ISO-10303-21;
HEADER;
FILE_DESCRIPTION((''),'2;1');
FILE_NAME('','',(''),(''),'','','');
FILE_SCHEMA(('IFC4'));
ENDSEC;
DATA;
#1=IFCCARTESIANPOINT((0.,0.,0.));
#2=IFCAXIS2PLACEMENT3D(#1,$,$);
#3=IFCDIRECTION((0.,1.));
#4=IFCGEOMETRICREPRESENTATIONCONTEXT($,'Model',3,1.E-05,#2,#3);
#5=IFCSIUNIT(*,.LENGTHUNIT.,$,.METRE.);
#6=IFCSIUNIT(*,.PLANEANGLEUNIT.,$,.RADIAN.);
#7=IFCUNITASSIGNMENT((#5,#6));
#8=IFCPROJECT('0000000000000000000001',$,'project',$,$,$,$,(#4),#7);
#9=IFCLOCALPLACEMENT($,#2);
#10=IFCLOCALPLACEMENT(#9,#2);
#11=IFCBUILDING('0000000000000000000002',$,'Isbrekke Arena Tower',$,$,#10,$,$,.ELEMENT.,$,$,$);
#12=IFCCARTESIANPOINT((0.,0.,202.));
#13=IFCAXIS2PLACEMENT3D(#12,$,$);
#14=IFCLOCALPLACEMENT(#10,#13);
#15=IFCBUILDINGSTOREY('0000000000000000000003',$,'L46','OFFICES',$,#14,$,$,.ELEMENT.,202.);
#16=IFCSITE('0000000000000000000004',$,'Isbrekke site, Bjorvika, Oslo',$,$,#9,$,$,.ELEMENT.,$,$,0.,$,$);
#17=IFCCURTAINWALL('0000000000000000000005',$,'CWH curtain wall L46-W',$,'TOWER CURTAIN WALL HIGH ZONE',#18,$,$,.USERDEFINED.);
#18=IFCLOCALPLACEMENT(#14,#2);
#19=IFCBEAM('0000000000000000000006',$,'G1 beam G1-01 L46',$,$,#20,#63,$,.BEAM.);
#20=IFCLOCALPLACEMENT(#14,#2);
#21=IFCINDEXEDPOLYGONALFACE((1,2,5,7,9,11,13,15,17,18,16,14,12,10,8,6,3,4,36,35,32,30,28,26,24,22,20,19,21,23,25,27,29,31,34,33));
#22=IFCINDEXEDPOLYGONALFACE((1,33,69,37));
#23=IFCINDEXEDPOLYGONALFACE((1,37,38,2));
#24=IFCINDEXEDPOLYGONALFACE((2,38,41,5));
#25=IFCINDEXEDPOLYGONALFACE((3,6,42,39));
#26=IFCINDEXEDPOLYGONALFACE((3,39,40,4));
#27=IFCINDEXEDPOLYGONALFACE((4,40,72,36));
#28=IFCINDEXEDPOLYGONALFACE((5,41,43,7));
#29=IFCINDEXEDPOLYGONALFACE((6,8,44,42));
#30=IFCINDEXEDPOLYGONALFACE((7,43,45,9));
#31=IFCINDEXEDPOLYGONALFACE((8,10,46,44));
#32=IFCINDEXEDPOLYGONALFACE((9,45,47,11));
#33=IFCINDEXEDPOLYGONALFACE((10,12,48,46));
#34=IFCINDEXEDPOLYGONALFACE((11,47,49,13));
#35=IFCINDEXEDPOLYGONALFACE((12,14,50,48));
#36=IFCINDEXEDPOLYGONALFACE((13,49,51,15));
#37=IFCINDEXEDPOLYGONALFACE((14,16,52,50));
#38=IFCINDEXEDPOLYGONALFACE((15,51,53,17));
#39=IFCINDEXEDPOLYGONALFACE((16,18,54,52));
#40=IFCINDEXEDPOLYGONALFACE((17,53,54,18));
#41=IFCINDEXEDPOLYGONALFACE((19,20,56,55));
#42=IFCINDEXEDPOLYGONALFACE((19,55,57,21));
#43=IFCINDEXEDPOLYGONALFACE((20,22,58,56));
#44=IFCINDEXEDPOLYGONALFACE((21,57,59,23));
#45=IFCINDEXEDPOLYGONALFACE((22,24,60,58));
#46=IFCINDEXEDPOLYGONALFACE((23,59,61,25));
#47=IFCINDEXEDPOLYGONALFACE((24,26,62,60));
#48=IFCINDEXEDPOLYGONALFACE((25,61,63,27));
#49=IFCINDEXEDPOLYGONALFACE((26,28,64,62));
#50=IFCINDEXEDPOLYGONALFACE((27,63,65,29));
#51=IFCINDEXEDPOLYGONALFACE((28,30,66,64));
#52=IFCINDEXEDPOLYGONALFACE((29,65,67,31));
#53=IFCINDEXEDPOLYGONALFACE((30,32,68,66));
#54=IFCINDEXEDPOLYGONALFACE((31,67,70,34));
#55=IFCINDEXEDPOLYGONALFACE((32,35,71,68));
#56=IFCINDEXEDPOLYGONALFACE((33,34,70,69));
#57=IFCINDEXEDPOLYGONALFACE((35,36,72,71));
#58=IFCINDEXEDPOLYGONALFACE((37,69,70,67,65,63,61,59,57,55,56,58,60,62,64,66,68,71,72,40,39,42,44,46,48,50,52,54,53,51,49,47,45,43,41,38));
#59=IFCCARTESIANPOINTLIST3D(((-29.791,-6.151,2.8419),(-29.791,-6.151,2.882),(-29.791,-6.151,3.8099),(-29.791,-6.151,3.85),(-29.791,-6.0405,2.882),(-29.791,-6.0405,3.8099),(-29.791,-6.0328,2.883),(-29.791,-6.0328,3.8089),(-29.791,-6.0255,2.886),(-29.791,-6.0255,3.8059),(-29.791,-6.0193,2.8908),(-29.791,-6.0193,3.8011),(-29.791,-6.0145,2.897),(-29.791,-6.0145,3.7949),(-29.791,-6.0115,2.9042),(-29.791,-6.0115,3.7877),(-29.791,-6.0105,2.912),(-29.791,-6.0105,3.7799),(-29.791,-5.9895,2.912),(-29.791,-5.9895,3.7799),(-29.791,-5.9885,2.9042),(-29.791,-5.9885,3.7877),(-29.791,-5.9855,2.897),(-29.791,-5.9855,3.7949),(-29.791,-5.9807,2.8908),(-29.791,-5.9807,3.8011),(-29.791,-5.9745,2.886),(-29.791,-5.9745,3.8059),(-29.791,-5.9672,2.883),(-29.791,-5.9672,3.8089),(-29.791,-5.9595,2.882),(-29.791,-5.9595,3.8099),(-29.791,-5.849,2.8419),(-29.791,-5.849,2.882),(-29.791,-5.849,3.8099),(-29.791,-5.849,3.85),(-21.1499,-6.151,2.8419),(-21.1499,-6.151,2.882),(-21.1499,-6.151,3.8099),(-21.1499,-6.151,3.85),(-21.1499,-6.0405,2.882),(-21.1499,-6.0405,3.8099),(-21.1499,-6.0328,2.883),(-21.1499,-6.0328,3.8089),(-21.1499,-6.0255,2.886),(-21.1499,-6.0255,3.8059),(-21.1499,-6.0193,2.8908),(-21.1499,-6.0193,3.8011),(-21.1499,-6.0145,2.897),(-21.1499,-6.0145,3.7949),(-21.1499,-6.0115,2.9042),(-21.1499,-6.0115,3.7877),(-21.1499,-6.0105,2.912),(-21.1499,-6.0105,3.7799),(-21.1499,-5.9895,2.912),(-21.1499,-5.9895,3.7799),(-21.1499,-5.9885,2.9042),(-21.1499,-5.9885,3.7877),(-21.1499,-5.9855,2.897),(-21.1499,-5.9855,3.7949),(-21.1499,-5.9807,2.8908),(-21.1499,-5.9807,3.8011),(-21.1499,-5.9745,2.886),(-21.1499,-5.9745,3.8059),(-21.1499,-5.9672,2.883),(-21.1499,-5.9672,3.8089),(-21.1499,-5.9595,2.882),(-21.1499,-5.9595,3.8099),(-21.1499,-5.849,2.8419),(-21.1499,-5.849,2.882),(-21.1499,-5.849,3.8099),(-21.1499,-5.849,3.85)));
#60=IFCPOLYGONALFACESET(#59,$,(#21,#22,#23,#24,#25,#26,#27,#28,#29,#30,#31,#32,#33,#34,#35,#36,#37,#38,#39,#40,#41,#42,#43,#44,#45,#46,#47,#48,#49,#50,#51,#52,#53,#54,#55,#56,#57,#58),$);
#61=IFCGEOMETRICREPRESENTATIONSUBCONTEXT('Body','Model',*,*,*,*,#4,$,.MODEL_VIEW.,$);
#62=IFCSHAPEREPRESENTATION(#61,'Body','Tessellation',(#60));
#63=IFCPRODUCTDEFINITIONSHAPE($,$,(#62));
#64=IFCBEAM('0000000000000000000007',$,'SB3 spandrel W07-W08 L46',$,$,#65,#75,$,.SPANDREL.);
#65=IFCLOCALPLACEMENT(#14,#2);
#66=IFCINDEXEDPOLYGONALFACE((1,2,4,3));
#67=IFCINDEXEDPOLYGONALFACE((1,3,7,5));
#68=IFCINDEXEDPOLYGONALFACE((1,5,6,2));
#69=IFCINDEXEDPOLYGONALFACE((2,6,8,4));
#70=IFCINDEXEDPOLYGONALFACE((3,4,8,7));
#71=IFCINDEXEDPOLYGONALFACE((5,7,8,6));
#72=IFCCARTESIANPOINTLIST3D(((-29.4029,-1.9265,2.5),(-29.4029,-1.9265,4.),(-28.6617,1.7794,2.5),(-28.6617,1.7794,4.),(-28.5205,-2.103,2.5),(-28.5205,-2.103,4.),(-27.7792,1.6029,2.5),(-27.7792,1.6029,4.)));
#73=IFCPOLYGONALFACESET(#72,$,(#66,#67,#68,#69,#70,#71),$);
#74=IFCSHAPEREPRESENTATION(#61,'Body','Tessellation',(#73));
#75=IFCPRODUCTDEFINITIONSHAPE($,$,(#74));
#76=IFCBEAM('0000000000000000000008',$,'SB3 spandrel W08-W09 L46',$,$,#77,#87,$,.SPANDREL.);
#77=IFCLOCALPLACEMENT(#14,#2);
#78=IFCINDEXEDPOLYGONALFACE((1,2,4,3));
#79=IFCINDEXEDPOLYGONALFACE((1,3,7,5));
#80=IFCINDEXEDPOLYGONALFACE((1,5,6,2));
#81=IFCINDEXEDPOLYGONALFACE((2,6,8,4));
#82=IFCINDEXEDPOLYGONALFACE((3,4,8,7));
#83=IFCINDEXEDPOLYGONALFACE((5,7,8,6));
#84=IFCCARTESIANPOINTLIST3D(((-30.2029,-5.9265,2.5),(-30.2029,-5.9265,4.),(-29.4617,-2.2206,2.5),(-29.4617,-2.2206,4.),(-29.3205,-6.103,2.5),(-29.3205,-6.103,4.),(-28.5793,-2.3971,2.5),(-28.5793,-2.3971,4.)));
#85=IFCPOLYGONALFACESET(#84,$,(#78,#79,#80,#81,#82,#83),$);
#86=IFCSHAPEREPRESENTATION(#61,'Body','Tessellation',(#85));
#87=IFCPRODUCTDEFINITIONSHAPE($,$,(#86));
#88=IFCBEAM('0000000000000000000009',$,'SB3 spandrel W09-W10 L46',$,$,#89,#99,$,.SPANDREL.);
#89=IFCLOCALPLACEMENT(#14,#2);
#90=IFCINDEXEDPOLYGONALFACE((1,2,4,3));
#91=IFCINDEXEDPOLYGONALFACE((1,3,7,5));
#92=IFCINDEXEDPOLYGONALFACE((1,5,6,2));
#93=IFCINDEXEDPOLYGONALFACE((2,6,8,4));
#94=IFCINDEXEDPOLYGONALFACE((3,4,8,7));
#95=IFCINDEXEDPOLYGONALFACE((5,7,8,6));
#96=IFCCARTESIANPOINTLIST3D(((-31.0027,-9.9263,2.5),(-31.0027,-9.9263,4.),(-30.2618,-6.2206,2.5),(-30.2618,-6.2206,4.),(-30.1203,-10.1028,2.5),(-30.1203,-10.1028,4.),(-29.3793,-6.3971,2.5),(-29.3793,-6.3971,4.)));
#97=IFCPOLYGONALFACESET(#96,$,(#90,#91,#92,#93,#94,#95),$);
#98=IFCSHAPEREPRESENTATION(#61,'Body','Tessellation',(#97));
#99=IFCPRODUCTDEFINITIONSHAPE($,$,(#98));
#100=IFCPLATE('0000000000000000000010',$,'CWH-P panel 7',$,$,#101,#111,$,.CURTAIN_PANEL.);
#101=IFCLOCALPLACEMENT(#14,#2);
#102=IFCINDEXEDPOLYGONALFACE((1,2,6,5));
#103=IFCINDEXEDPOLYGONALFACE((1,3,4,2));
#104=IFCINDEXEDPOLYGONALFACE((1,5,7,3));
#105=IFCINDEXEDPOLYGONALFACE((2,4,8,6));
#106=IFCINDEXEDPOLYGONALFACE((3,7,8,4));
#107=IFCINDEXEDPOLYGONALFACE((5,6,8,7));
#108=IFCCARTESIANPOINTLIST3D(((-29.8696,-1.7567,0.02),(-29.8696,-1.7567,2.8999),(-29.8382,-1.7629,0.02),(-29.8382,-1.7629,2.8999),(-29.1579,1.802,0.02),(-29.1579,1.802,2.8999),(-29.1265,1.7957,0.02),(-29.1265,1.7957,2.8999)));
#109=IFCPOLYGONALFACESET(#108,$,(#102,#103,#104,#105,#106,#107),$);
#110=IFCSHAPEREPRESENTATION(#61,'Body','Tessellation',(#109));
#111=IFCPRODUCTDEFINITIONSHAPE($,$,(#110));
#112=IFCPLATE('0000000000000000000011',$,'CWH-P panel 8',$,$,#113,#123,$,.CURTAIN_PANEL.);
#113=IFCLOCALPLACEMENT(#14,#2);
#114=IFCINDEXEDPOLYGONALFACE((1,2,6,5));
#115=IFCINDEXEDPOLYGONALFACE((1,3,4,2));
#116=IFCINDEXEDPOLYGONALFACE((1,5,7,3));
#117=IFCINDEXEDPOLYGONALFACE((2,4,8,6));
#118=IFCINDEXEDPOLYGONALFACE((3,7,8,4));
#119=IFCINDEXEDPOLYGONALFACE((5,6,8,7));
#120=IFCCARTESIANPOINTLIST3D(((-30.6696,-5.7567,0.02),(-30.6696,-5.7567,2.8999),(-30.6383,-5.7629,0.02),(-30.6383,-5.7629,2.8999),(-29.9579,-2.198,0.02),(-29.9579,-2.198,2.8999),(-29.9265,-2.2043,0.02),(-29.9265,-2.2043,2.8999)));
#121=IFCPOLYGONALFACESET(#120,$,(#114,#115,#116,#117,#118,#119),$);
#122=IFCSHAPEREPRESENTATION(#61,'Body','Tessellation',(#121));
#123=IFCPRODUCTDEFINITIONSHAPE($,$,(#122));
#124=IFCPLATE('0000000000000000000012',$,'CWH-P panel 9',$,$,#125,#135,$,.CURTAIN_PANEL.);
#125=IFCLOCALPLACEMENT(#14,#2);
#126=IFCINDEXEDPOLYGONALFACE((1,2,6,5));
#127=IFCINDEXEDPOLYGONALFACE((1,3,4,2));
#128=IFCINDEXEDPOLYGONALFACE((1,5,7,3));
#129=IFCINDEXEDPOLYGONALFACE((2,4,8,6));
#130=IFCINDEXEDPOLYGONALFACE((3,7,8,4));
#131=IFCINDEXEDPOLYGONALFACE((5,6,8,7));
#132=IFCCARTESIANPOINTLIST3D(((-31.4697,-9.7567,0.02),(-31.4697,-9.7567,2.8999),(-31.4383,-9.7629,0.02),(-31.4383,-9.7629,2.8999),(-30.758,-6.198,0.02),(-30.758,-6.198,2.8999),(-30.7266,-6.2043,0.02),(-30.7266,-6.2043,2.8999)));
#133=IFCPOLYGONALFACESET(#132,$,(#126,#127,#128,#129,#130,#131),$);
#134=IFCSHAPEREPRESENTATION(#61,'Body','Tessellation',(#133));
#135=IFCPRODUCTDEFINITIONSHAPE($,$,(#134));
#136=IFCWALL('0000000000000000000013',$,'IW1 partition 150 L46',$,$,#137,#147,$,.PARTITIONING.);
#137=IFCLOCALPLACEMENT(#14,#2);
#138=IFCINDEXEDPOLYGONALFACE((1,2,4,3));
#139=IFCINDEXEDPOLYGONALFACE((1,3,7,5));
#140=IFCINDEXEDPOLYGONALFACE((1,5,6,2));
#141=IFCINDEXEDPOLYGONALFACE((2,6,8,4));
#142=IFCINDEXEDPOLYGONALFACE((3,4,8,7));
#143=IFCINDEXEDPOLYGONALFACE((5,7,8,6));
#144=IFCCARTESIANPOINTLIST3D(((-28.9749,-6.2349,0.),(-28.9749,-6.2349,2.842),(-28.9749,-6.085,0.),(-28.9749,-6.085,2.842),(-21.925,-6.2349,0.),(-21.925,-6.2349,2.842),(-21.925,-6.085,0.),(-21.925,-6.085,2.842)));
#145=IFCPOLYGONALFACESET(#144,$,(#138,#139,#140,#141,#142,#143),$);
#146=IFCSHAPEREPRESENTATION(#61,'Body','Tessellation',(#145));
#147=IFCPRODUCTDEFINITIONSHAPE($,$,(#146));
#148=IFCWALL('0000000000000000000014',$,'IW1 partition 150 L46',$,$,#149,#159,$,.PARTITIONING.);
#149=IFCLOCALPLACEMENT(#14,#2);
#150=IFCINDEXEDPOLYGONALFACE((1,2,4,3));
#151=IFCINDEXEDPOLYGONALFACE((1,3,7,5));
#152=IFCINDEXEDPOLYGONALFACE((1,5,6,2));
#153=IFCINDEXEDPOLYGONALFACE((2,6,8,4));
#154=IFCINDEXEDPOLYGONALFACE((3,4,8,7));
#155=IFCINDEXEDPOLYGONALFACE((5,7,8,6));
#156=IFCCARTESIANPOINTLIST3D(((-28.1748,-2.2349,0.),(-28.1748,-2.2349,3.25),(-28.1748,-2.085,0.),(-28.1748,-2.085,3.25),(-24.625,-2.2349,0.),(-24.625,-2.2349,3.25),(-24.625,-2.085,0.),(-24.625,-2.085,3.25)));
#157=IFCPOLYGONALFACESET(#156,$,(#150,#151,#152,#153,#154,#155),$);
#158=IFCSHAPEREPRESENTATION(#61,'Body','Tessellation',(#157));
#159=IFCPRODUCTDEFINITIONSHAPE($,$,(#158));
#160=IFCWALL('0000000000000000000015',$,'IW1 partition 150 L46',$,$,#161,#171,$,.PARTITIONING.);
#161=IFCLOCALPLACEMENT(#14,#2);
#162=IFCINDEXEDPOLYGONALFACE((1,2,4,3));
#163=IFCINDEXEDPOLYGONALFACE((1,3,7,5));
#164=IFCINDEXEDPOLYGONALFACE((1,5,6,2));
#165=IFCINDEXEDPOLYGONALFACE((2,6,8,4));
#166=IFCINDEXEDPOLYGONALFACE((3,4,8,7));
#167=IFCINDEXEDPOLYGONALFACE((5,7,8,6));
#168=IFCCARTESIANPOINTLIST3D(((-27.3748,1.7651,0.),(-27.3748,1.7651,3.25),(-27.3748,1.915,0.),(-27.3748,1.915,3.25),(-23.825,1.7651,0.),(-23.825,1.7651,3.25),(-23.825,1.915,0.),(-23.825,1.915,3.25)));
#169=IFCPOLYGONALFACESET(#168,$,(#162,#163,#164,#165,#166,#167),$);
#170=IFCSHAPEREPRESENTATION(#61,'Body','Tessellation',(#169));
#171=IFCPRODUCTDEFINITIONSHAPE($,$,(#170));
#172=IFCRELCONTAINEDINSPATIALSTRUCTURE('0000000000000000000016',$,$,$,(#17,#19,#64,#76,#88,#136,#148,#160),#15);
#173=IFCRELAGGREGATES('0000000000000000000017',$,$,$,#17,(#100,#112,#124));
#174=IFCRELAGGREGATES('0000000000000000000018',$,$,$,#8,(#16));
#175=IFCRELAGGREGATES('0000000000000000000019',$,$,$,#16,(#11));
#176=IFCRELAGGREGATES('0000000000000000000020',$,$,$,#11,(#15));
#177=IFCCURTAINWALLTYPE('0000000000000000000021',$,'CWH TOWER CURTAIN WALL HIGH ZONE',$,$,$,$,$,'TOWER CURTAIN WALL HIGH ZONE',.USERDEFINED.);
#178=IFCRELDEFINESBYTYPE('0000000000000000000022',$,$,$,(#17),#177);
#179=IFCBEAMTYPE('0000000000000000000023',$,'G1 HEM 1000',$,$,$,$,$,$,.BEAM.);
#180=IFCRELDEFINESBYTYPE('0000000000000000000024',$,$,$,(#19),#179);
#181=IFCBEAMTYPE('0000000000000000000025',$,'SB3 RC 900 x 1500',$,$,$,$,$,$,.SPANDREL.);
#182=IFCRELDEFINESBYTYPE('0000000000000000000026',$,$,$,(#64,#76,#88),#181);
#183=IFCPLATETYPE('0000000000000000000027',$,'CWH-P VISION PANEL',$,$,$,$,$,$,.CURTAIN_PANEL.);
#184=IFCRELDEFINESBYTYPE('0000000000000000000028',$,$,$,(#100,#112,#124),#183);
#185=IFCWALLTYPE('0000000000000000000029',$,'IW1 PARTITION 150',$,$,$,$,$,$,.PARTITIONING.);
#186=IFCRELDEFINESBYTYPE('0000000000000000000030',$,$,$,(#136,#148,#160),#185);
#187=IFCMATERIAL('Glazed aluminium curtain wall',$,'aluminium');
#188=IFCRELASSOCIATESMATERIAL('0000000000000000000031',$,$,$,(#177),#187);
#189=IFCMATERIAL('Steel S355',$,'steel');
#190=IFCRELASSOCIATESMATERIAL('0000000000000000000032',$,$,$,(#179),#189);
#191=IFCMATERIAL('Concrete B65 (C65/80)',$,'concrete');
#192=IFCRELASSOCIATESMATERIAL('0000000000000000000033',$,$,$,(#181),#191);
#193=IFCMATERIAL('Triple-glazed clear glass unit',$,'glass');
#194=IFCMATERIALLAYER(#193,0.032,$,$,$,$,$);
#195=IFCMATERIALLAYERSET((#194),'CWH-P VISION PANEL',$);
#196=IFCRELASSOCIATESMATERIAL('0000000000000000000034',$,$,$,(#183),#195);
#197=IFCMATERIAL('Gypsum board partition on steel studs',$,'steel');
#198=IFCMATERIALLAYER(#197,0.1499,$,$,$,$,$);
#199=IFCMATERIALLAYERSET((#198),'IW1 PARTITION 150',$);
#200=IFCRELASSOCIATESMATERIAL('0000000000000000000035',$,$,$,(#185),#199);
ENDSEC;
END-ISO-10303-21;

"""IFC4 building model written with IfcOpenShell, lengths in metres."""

from ifc_helpers import new_model, si_unit, direction, frame, frame_2d, origin, origin_2d, place, context, subcontext, project, spatial, rectangle, i_section, extrude, material, layer, layer_set, material_profile, profile_set, type_object, element, aggregate, save


model = new_model("IFC4")

# Units and contexts
model_context = context("Model", 3, precision=1e-05, world=origin(), true_north=direction((0.0, 1.0)))
body_context = subcontext(model_context, "Body", "Model", "MODEL_VIEW")
ifc_project = project(units=[si_unit("LENGTHUNIT", "METRE"), si_unit("PLANEANGLEUNIT", "RADIAN")], contexts=[model_context])

# Site, building, storey
site_placement = place(None, origin())
site = spatial("IfcSite", under=ifc_project, at=site_placement, Name="Isbrekke site, Bjorvika, Oslo", CompositionType="ELEMENT", RefElevation=0.0)
building_placement = place(site_placement, origin())
building = spatial("IfcBuilding", under=site, at=building_placement, Name="Isbrekke Arena Tower", CompositionType="ELEMENT")
storey_placement = place(building_placement, frame((0.0, 0.0, 202.0)))
storey = spatial("IfcBuildingStorey", under=building, at=storey_placement, Name="L46", Description="OFFICES", CompositionType="ELEMENT", Elevation=202.0)

# Curtain wall
ifc_material_1 = material(Name="Glazed aluminium curtain wall", Category="aluminium")
curtain_wall_type = type_object("IfcCurtainWallType", Name="CWH TOWER CURTAIN WALL HIGH ZONE", ElementType="TOWER CURTAIN WALL HIGH ZONE", PredefinedType="USERDEFINED", material=ifc_material_1)
curtain_wall_placement = place(storey_placement, origin())
curtain_wall = element("IfcCurtainWall", 1, at=curtain_wall_placement, inside=storey, type_object=curtain_wall_type, Name="CWH curtain wall L46-W", ObjectType="TOWER CURTAIN WALL HIGH ZONE", PredefinedType="USERDEFINED")

# Beams
ifc_material_2 = material(Name="Steel S355", Category="steel")
ifc_material_profile_1 = material_profile(ifc_material_2, i_section(OverallWidth=0.302, OverallDepth=1.0081, WebThickness=0.021, FlangeThickness=0.04, FilletRadius=0.03, at=origin_2d()), Name="HEM 1000")
ifc_profile_set_1 = profile_set([ifc_material_profile_1], Name="Steel S355")
beam_type_1 = type_object("IfcBeamType", Name="G1 HEM 1000", PredefinedType="BEAM", material=ifc_profile_set_1)
beam_1_placement = place(storey_placement, frame((-29.791, -6.0, 3.3459), z_axis=(1.0, 0.0, 0.0), x_axis=(0.0, 1.0, 0.0)))
element("IfcBeam", 2, at=beam_1_placement, inside=storey, type_object=beam_type_1, Name="G1 beam G1-01 L46", PredefinedType="BEAM", context=body_context, shape_type="SweptSolid", body=[
    extrude(i_section(OverallWidth=0.302, OverallDepth=1.0081, WebThickness=0.021, FlangeThickness=0.04, FilletRadius=0.03, at=origin_2d()), origin(), (0.0, 0.0, 1.0), 8.6411),
])
ifc_material_3 = material(Name="Concrete B65 (C65/80)", Category="concrete")
ifc_material_profile_2 = material_profile(ifc_material_3, rectangle(XDim=0.8999, YDim=1.5, at=origin_2d()), Name="RC 900x1500")
ifc_profile_set_2 = profile_set([ifc_material_profile_2], Name="Concrete B65 (C65/80)")
beam_type_2 = type_object("IfcBeamType", Name="SB3 RC 900 x 1500", PredefinedType="SPANDREL", material=ifc_profile_set_2)
for number, where, z_axis, x_axis, name in (
    (3, (-28.2205, 1.6912, 3.25), (-0.196129, -0.980578, 0.0), (0.980578, -0.196129, 0.0), "SB3 spandrel W07-W08 L46"),
    (4, (-29.0205, -2.3088, 3.25), (-0.196129, -0.980578, 0.0), (0.980578, -0.196129, 0.0), "SB3 spandrel W08-W09 L46"),
):
    element("IfcBeam", number, at=place(storey_placement, frame(where, z_axis=z_axis, x_axis=x_axis)), inside=storey, type_object=beam_type_2, Name=name, PredefinedType="SPANDREL", context=body_context, shape_type="SweptSolid", body=[
        extrude(rectangle(XDim=0.8999, YDim=1.5, at=origin_2d()), origin(), (0.0, 0.0, 1.0), 3.7793),
    ])
beam_2_placement = place(storey_placement, frame((-29.8206, -6.3088, 3.25), z_axis=(-0.196066, -0.980591, 0.0), x_axis=(0.980591, -0.196066, 0.0)))
element("IfcBeam", 5, at=beam_2_placement, inside=storey, type_object=beam_type_2, Name="SB3 spandrel W09-W10 L46", PredefinedType="SPANDREL", context=body_context, shape_type="SweptSolid", body=[
    extrude(rectangle(XDim=0.8999, YDim=1.5, at=origin_2d()), origin(), (0.0, 0.0, 1.0), 3.7791),
])

# Plates
ifc_material_4 = material(Name="Triple-glazed clear glass unit", Category="glass")
ifc_layer_1 = layer(ifc_material_4, 0.032)
ifc_layer_set_1 = layer_set([ifc_layer_1], Name="CWH-P VISION PANEL")
plate_type = type_object("IfcPlateType", Name="CWH-P VISION PANEL", PredefinedType="CURTAIN_PANEL", material=ifc_layer_set_1)
plate_1_placement = place(storey_placement, frame((-29.498, 0.0195, 0.02), z_axis=(0.0, 0.0, 1.0), x_axis=(-0.196116, -0.980581, 0.0)))
plate_1 = element("IfcPlate", 6, at=plate_1_placement, type_object=plate_type, Name="CWH-P panel 7", PredefinedType="CURTAIN_PANEL", context=body_context, shape_type="SweptSolid", body=[
    extrude(rectangle(XDim=3.6292, YDim=0.032, at=origin_2d()), origin(), (0.0, 0.0, 1.0), 2.8799),
])
plate_2_placement = place(storey_placement, frame((-30.2981, -3.9805, 0.02), z_axis=(0.0, 0.0, 1.0), x_axis=(-0.196116, -0.980581, 0.0)))
plate_2 = element("IfcPlate", 7, at=plate_2_placement, type_object=plate_type, Name="CWH-P panel 8", PredefinedType="CURTAIN_PANEL", context=body_context, shape_type="SweptSolid", body=[
    extrude(rectangle(XDim=3.6292, YDim=0.032, at=origin_2d()), origin(), (0.0, 0.0, 1.0), 2.8799),
])
plate_3_placement = place(storey_placement, frame((-31.0981, -7.9805, 0.02), z_axis=(0.0, 0.0, 1.0), x_axis=(-0.196116, -0.980581, 0.0)))
plate_3 = element("IfcPlate", 8, at=plate_3_placement, type_object=plate_type, Name="CWH-P panel 9", PredefinedType="CURTAIN_PANEL", context=body_context, shape_type="SweptSolid", body=[
    extrude(rectangle(XDim=3.6292, YDim=0.032, at=origin_2d()), origin(), (0.0, 0.0, 1.0), 2.8799),
])
aggregate(curtain_wall, [plate_1, plate_2, plate_3])

# Walls
ifc_material_5 = material(Name="Gypsum board partition on steel studs", Category="steel")
ifc_layer_2 = layer(ifc_material_5, 0.1499)
ifc_layer_set_2 = layer_set([ifc_layer_2], Name="IW1 PARTITION 150")
wall_type = type_object("IfcWallType", Name="IW1 PARTITION 150", PredefinedType="PARTITIONING", material=ifc_layer_set_2)
wall_1_placement = place(storey_placement, frame((-28.9749, -6.1599, 0.0), z_axis=(0.0, 0.0, 1.0), x_axis=(1.0, 0.0, 0.0)))
element("IfcWall", 9, at=wall_1_placement, inside=storey, type_object=wall_type, Name="IW1 partition 150 L46", PredefinedType="PARTITIONING", context=body_context, shape_type="SweptSolid", body=[
    extrude(rectangle(XDim=7.0498, YDim=0.1499, at=frame_2d((3.5249, 0.0))), origin(), (0.0, 0.0, 1.0), 2.842),
])
for number, where, z_axis, x_axis, name in (
    (10, (-28.1748, -2.1599, 0.0), (0.0, 0.0, 1.0), (1.0, 0.0, 0.0), "IW1 partition 150 L46"),
    (11, (-27.3748, 1.8401, 0.0), (0.0, 0.0, 1.0), (1.0, 0.0, 0.0), "IW1 partition 150 L46"),
):
    element("IfcWall", number, at=place(storey_placement, frame(where, z_axis=z_axis, x_axis=x_axis)), inside=storey, type_object=wall_type, Name=name, PredefinedType="PARTITIONING", context=body_context, shape_type="SweptSolid", body=[
        extrude(rectangle(XDim=3.5498, YDim=0.1499, at=frame_2d((1.7749, 0.0))), origin(), (0.0, 0.0, 1.0), 3.25),
    ])

save(model, "model.ifc")
